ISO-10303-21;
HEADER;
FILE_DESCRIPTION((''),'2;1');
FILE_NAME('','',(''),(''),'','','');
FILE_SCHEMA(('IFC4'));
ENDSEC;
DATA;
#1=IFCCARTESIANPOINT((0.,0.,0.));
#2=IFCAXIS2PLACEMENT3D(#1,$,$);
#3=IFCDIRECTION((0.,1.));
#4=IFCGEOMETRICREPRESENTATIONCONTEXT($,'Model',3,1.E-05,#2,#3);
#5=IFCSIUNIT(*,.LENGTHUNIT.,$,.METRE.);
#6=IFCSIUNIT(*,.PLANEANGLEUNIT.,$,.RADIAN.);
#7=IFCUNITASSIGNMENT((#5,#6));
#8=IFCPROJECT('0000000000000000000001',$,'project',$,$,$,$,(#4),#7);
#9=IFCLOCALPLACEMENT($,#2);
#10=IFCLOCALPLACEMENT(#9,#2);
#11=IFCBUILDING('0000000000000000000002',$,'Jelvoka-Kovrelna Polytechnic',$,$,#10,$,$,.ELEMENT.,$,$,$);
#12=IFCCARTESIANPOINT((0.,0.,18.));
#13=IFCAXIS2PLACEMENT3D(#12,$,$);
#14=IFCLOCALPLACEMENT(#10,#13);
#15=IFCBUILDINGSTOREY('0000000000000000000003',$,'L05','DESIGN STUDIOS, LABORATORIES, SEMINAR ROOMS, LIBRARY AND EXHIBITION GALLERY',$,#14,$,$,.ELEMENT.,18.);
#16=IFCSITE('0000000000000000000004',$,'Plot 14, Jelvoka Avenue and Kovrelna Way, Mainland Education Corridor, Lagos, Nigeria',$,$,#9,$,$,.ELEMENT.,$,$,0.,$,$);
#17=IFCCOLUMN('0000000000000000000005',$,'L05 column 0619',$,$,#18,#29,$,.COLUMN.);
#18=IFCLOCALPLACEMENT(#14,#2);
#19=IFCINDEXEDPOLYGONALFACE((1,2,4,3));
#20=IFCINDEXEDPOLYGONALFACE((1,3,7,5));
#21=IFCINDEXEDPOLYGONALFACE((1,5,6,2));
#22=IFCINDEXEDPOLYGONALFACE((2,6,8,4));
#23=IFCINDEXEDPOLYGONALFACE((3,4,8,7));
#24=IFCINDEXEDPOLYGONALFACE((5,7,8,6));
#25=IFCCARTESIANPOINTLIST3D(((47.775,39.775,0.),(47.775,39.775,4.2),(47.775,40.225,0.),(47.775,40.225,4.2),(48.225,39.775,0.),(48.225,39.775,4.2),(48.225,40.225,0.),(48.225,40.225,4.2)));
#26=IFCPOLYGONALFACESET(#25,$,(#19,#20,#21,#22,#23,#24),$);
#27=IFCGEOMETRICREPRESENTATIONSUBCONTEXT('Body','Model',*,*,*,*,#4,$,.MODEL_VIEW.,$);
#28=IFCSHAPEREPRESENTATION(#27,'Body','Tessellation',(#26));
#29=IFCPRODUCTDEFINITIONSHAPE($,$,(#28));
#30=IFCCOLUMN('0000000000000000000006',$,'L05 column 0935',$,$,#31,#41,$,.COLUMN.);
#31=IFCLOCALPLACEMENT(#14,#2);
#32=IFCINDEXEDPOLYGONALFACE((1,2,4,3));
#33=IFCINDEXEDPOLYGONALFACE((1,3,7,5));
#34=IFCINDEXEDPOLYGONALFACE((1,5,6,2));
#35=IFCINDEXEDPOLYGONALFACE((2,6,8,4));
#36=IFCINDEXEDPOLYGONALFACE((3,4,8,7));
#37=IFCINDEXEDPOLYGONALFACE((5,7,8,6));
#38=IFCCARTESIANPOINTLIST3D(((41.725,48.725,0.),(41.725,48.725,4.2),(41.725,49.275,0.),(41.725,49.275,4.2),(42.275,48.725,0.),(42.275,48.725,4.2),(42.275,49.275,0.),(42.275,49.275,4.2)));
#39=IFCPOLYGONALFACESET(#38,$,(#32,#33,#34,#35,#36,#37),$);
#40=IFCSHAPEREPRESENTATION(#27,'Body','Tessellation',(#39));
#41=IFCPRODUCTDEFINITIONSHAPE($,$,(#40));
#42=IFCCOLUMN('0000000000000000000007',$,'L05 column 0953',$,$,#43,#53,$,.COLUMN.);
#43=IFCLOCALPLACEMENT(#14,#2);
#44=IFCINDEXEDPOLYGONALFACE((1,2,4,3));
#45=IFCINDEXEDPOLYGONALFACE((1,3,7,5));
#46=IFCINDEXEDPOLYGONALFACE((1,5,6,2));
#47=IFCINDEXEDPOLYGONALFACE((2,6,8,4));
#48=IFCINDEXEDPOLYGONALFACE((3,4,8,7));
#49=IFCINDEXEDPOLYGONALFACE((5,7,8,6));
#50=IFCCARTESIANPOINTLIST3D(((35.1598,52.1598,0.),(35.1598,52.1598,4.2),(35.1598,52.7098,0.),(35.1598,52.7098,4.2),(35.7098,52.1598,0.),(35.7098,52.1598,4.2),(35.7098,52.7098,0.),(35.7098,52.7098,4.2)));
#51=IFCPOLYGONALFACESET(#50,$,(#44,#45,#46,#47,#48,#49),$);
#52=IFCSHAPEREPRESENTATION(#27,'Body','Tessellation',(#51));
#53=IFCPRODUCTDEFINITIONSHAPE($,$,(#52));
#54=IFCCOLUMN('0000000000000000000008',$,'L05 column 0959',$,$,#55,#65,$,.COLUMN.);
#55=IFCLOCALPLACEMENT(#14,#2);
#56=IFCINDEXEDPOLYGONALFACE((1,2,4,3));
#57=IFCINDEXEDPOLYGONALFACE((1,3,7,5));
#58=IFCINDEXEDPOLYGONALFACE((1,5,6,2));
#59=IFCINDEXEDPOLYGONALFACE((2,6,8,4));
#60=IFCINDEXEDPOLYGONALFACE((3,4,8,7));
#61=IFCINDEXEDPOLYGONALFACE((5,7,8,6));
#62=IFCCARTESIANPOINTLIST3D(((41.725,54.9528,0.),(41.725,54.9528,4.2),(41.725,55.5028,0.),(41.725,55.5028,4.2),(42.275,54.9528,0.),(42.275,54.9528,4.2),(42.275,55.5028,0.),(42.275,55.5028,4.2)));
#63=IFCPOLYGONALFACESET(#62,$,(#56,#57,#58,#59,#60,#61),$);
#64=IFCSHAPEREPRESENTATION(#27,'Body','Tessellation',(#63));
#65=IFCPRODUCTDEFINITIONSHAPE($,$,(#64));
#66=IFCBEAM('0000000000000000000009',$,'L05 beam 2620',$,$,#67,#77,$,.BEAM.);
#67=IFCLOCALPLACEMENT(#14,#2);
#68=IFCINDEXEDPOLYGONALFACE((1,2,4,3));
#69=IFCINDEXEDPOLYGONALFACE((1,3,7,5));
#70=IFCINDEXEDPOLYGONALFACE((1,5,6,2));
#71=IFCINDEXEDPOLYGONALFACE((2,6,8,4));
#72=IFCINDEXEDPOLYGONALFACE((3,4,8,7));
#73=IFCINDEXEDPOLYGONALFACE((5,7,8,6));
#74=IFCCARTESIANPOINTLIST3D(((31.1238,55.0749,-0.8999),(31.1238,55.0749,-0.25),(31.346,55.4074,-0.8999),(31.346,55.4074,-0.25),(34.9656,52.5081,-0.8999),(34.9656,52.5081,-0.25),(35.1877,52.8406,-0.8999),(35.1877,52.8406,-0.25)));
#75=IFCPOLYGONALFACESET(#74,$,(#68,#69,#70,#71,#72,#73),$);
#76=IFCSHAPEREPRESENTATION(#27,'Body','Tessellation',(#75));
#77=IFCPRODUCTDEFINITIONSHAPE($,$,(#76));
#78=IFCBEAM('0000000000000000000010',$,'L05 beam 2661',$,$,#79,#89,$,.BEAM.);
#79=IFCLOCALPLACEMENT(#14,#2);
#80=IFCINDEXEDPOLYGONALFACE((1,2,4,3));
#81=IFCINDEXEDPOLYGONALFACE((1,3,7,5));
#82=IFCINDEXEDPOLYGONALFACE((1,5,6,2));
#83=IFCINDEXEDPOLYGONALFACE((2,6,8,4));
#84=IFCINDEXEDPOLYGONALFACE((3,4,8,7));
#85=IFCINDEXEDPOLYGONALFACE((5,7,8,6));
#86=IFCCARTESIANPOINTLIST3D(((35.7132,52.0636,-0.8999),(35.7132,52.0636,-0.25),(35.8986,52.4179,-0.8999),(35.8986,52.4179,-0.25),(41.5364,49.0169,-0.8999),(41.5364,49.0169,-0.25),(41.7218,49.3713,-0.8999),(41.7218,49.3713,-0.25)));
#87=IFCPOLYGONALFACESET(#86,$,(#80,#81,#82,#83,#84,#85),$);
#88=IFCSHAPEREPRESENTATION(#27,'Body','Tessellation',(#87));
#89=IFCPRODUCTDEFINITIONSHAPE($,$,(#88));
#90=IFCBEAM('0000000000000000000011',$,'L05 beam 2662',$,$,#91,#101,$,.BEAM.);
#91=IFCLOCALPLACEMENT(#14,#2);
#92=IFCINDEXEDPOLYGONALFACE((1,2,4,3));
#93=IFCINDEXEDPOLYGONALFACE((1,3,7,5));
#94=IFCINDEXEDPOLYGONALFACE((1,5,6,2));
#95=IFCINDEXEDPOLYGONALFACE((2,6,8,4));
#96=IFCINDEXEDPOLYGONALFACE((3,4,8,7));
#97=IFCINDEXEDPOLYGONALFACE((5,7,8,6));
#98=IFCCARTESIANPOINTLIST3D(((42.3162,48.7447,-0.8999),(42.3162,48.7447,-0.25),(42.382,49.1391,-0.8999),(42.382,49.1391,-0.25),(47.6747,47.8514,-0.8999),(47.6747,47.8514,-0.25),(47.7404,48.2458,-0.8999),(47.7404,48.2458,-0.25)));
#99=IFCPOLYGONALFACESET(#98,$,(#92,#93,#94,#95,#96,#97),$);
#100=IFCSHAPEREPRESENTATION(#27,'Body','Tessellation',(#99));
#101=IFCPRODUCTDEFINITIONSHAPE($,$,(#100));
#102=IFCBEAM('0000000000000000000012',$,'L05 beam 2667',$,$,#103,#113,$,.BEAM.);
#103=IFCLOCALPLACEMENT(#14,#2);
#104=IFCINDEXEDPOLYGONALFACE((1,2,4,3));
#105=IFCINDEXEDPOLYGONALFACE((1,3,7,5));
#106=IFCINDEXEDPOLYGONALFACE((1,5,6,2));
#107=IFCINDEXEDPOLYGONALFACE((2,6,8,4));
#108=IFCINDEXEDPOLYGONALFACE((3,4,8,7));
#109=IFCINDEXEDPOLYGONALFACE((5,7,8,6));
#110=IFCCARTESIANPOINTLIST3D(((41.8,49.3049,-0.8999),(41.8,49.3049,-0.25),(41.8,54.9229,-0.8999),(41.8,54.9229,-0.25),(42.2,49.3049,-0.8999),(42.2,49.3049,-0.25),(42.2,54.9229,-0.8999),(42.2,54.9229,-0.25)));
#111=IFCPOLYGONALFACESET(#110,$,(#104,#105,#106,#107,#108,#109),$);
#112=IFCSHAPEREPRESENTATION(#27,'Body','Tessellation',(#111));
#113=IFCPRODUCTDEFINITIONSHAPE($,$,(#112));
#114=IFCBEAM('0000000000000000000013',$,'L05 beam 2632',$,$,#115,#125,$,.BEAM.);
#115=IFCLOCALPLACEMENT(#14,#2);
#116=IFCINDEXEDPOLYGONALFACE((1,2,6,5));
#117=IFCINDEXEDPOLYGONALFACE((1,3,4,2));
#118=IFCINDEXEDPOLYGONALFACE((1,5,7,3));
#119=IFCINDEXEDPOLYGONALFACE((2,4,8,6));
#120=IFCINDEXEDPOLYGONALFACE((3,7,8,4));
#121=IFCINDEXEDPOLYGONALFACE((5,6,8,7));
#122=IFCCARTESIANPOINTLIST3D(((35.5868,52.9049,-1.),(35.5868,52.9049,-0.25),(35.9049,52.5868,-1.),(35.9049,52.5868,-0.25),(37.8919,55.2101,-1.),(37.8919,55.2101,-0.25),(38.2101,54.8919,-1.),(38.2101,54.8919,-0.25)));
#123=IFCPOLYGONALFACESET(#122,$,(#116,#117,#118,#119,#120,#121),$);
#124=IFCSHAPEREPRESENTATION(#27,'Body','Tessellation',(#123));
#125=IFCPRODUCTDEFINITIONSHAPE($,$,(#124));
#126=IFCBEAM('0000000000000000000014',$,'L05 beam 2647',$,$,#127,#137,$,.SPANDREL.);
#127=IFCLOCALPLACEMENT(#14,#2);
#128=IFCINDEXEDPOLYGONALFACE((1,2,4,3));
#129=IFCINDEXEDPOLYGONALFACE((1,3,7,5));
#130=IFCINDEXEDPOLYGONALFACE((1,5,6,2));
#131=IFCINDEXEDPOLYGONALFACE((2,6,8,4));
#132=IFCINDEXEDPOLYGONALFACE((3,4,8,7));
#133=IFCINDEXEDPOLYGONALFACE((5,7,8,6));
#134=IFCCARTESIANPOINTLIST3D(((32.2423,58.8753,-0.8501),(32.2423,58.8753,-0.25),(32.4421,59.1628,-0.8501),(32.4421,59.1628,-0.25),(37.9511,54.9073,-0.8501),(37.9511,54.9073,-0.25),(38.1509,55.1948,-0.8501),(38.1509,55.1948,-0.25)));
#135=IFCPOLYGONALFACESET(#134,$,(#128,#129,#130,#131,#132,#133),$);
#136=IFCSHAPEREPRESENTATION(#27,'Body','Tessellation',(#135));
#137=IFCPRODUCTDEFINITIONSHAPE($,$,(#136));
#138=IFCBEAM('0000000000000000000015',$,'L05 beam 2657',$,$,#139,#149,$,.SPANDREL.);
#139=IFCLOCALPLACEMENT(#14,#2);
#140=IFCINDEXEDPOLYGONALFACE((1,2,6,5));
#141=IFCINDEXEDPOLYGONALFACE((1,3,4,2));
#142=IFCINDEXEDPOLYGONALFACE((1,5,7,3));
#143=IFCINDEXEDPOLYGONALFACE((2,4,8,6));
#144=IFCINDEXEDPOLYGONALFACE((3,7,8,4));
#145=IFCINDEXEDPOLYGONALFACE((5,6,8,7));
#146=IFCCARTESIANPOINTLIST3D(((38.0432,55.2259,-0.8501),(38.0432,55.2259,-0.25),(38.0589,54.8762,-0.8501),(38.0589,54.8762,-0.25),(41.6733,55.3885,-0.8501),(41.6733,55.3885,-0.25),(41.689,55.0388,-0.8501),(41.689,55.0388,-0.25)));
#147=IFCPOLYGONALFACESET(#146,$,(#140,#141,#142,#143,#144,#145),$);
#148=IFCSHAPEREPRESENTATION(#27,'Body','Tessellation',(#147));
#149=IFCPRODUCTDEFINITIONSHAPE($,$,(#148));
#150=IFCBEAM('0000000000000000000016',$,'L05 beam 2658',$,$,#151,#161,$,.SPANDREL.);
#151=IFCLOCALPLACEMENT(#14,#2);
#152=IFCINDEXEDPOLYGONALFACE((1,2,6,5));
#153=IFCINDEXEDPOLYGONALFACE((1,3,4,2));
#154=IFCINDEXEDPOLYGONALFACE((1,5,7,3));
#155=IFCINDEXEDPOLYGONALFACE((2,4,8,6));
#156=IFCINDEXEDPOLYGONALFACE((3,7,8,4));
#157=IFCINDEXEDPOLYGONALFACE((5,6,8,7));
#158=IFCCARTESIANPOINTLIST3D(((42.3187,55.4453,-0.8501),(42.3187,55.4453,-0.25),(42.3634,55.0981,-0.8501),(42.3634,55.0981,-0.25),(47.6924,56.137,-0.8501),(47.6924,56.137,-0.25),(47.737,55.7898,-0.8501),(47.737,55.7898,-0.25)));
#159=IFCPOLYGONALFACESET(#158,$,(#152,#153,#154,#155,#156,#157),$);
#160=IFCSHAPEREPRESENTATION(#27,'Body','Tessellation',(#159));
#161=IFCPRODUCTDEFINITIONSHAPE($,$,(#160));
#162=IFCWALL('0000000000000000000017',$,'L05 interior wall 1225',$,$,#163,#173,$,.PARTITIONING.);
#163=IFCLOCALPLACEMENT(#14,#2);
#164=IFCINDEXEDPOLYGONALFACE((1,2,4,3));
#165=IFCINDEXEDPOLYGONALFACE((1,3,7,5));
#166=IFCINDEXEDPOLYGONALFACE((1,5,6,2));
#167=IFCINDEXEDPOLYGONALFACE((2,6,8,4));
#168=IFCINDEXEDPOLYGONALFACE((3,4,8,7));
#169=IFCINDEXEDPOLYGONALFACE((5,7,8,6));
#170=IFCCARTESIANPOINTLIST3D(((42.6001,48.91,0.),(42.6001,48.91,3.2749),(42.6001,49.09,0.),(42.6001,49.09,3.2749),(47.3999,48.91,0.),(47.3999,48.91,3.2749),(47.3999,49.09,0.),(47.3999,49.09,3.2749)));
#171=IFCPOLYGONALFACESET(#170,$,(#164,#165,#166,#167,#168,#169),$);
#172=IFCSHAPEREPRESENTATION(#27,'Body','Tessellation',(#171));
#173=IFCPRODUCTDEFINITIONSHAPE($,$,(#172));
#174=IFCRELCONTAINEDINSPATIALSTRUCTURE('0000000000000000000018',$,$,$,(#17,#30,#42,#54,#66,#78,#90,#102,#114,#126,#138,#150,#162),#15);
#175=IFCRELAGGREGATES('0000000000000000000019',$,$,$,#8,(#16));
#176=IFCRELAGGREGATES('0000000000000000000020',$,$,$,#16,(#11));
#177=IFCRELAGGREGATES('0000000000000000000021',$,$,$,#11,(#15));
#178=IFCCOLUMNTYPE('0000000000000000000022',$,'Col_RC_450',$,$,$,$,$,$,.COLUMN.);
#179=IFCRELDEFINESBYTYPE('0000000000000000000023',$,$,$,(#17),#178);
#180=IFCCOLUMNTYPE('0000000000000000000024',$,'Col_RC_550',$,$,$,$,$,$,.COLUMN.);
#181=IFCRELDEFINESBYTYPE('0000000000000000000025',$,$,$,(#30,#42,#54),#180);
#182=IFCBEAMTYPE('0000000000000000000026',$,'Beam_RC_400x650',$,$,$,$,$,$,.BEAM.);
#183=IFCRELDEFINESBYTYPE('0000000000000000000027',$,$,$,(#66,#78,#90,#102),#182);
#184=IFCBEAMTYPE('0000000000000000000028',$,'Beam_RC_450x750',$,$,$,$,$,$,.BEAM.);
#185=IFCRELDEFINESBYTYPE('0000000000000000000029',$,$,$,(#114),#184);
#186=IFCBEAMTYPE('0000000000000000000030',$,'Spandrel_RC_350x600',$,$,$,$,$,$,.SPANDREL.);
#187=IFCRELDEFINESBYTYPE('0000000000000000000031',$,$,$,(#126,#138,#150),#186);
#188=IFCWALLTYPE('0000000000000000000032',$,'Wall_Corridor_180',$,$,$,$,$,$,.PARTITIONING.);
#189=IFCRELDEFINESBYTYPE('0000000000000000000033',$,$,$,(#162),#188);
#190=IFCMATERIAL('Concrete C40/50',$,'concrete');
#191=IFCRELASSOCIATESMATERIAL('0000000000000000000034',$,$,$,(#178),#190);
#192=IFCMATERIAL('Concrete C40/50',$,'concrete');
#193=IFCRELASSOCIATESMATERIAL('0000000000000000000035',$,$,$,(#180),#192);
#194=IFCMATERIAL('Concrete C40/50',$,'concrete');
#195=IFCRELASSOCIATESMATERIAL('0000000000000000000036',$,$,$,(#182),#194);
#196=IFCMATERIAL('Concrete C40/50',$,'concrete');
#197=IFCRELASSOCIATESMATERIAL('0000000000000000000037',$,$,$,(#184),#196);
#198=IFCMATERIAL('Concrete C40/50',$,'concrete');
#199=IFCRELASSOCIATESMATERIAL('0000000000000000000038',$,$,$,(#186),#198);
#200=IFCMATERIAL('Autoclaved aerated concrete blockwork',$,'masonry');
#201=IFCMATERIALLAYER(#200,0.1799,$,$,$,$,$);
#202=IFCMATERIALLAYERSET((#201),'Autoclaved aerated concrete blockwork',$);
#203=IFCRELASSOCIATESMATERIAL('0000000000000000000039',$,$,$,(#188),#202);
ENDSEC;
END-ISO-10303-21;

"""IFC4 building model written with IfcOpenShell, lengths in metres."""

from ifc_helpers import new_model, si_unit, direction, frame, frame_2d, origin, origin_2d, place, context, subcontext, project, spatial, rectangle, extrude, material, layer, layer_set, material_profile, profile_set, type_object, element, save


model = new_model("IFC4")

# Units and contexts
model_context = context("Model", 3, precision=1e-05, world=origin(), true_north=direction((0.0, 1.0)))
body_context = subcontext(model_context, "Body", "Model", "MODEL_VIEW")
ifc_project = project(units=[si_unit("LENGTHUNIT", "METRE"), si_unit("PLANEANGLEUNIT", "RADIAN")], contexts=[model_context])

# Site, building, storey
site_placement = place(None, origin())
site = spatial("IfcSite", under=ifc_project, at=site_placement, Name="Plot 14, Jelvoka Avenue and Kovrelna Way, Mainland Education Corridor, Lagos, Nigeria", CompositionType="ELEMENT", RefElevation=0.0)
building_placement = place(site_placement, origin())
building = spatial("IfcBuilding", under=site, at=building_placement, Name="Jelvoka-Kovrelna Polytechnic", CompositionType="ELEMENT")
storey_placement = place(building_placement, frame((0.0, 0.0, 18.0)))
storey = spatial("IfcBuildingStorey", under=building, at=storey_placement, Name="L05", Description="DESIGN STUDIOS, LABORATORIES, SEMINAR ROOMS, LIBRARY AND EXHIBITION GALLERY", CompositionType="ELEMENT", Elevation=18.0)

# Columns
ifc_material_1 = material(Name="Concrete C40/50", Category="concrete")
ifc_material_profile_1 = material_profile(ifc_material_1, rectangle(XDim=0.45, YDim=0.45, at=origin_2d()), Name="RC 450x450")
ifc_profile_set_1 = profile_set([ifc_material_profile_1], Name="Concrete C40/50")
column_type_1 = type_object("IfcColumnType", Name="Col_RC_450", PredefinedType="COLUMN", material=ifc_profile_set_1)
column_placement = place(storey_placement, frame((48.0, 40.0, 0.0), z_axis=(0.0, 0.0, 1.0), x_axis=(1.0, 0.0, 0.0)))
element("IfcColumn", 1, at=column_placement, inside=storey, type_object=column_type_1, Name="L05 column 0619", PredefinedType="COLUMN", context=body_context, shape_type="SweptSolid", body=[
    extrude(rectangle(XDim=0.45, YDim=0.45, at=origin_2d()), origin(), (0.0, 0.0, 1.0), 4.2),
])
ifc_material_2 = material(Name="Concrete C40/50", Category="concrete")
ifc_material_profile_2 = material_profile(ifc_material_2, rectangle(XDim=0.55, YDim=0.55, at=origin_2d()), Name="RC 550x550")
ifc_profile_set_2 = profile_set([ifc_material_profile_2], Name="Concrete C40/50")
column_type_2 = type_object("IfcColumnType", Name="Col_RC_550", PredefinedType="COLUMN", material=ifc_profile_set_2)
for number, where, z_axis, x_axis, name in (
    (2, (42.0, 49.0, 0.0), (0.0, 0.0, 1.0), (1.0, 0.0, 0.0), "L05 column 0935"),
    (3, (35.4348, 52.4348, 0.0), (0.0, 0.0, 1.0), (1.0, 0.0, 0.0), "L05 column 0953"),
    (4, (42.0, 55.2278, 0.0), (0.0, 0.0, 1.0), (1.0, 0.0, 0.0), "L05 column 0959"),
):
    element("IfcColumn", number, at=place(storey_placement, frame(where, z_axis=z_axis, x_axis=x_axis)), inside=storey, type_object=column_type_2, Name=name, PredefinedType="COLUMN", context=body_context, shape_type="SweptSolid", body=[
        extrude(rectangle(XDim=0.55, YDim=0.55, at=origin_2d()), origin(), (0.0, 0.0, 1.0), 4.2),
    ])

# Beams
ifc_material_3 = material(Name="Concrete C40/50", Category="concrete")
ifc_material_profile_3 = material_profile(ifc_material_3, rectangle(XDim=0.3999, YDim=0.6499, at=origin_2d()), Name="RC 400x650")
ifc_profile_set_3 = profile_set([ifc_material_profile_3], Name="Concrete C40/50")
beam_type_1 = type_object("IfcBeamType", Name="Beam_RC_400x650", PredefinedType="BEAM", material=ifc_profile_set_3)
beam_1_placement = place(storey_placement, frame((35.0767, 52.6743, -0.575), z_axis=(-0.831481, 0.555553, 0.0), x_axis=(-0.555553, -0.831481, 0.0)))
element("IfcBeam", 5, at=beam_1_placement, inside=storey, type_object=beam_type_1, Name="L05 beam 2620", PredefinedType="BEAM", context=body_context, shape_type="SweptSolid", body=[
    extrude(rectangle(XDim=0.3999, YDim=0.6499, at=origin_2d()), origin(), (0.0, 0.0, 1.0), 4.6204),
])
beam_2_placement = place(storey_placement, frame((35.8059, 52.2407, -0.575), z_axis=(0.886059, -0.463572, 0.0), x_axis=(0.463572, 0.886059, 0.0)))
element("IfcBeam", 6, at=beam_2_placement, inside=storey, type_object=beam_type_1, Name="L05 beam 2661", PredefinedType="BEAM", context=body_context, shape_type="SweptSolid", body=[
    extrude(rectangle(XDim=0.3999, YDim=0.6499, at=origin_2d()), origin(), (0.0, 0.0, 1.0), 6.572),
])
beam_3_placement = place(storey_placement, frame((42.3491, 48.9419, -0.575), z_axis=(0.986387, -0.164443, 0.0), x_axis=(0.164443, 0.986387, 0.0)))
element("IfcBeam", 7, at=beam_3_placement, inside=storey, type_object=beam_type_1, Name="L05 beam 2662", PredefinedType="BEAM", context=body_context, shape_type="SweptSolid", body=[
    extrude(rectangle(XDim=0.3999, YDim=0.6499, at=origin_2d()), origin(), (0.0, 0.0, 1.0), 5.4324),
])
beam_4_placement = place(storey_placement, frame((42.0, 49.3049, -0.575), z_axis=(0.0, 1.0, 0.0), x_axis=(-1.0, 0.0, 0.0)))
element("IfcBeam", 8, at=beam_4_placement, inside=storey, type_object=beam_type_1, Name="L05 beam 2667", PredefinedType="BEAM", context=body_context, shape_type="SweptSolid", body=[
    extrude(rectangle(XDim=0.3999, YDim=0.6499, at=origin_2d()), origin(), (0.0, 0.0, 1.0), 5.6179),
])
ifc_material_4 = material(Name="Concrete C40/50", Category="concrete")
ifc_material_profile_4 = material_profile(ifc_material_4, rectangle(XDim=0.45, YDim=0.75, at=origin_2d()), Name="RC 450x750")
ifc_profile_set_4 = profile_set([ifc_material_profile_4], Name="Concrete C40/50")
beam_type_2 = type_object("IfcBeamType", Name="Beam_RC_450x750", PredefinedType="BEAM", material=ifc_profile_set_4)
beam_5_placement = place(storey_placement, frame((35.7458, 52.7458, -0.625), z_axis=(0.707107, 0.707107, 0.0), x_axis=(-0.707107, 0.707107, 0.0)))
element("IfcBeam", 9, at=beam_5_placement, inside=storey, type_object=beam_type_2, Name="L05 beam 2632", PredefinedType="BEAM", context=body_context, shape_type="SweptSolid", body=[
    extrude(rectangle(XDim=0.45, YDim=0.75, at=origin_2d()), origin(), (0.0, 0.0, 1.0), 3.26),
])
ifc_material_5 = material(Name="Concrete C40/50", Category="concrete")
ifc_material_profile_5 = material_profile(ifc_material_5, rectangle(XDim=0.3501, YDim=0.6001, at=origin_2d()), Name="RC 350x600")
ifc_profile_set_5 = profile_set([ifc_material_profile_5], Name="Concrete C40/50")
beam_type_3 = type_object("IfcBeamType", Name="Spandrel_RC_350x600", PredefinedType="SPANDREL", material=ifc_profile_set_5)
beam_6_placement = place(storey_placement, frame((38.051, 55.051, -0.55), z_axis=(-0.821126, 0.570747, 0.0), x_axis=(-0.570747, -0.821126, 0.0)))
element("IfcBeam", 10, at=beam_6_placement, inside=storey, type_object=beam_type_3, Name="L05 beam 2647", PredefinedType="SPANDREL", context=body_context, shape_type="SweptSolid", body=[
    extrude(rectangle(XDim=0.3501, YDim=0.6001, at=origin_2d()), origin(), (0.0, 0.0, 1.0), 6.9524),
])
beam_7_placement = place(storey_placement, frame((38.051, 55.051, -0.55), z_axis=(0.998998, 0.044746, 0.0), x_axis=(-0.044746, 0.998998, 0.0)))
element("IfcBeam", 11, at=beam_7_placement, inside=storey, type_object=beam_type_3, Name="L05 beam 2657", PredefinedType="SPANDREL", context=body_context, shape_type="SweptSolid", body=[
    extrude(rectangle(XDim=0.3501, YDim=0.6001, at=origin_2d()), origin(), (0.0, 0.0, 1.0), 3.6338),
])
beam_8_placement = place(storey_placement, frame((42.3411, 55.2717, -0.55), z_axis=(0.991818, 0.127661, 0.0), x_axis=(-0.127661, 0.991818, 0.0)))
element("IfcBeam", 12, at=beam_8_placement, inside=storey, type_object=beam_type_3, Name="L05 beam 2658", PredefinedType="SPANDREL", context=body_context, shape_type="SweptSolid", body=[
    extrude(rectangle(XDim=0.3501, YDim=0.6001, at=origin_2d()), origin(), (0.0, 0.0, 1.0), 5.418),
])

# Wall
ifc_material_6 = material(Name="Autoclaved aerated concrete blockwork", Category="masonry")
ifc_layer_1 = layer(ifc_material_6, 0.1799)
ifc_layer_set_1 = layer_set([ifc_layer_1], Name="Autoclaved aerated concrete blockwork")
wall_type_1 = type_object("IfcWallType", Name="Wall_Corridor_180", PredefinedType="PARTITIONING", material=ifc_layer_set_1)
wall_1_placement = place(storey_placement, frame((42.6001, 49.0, 0.0), z_axis=(0.0, 0.0, 1.0), x_axis=(1.0, 0.0, 0.0)))
element("IfcWall", 13, at=wall_1_placement, inside=storey, type_object=wall_type_1, Name="L05 interior wall 1225", PredefinedType="PARTITIONING", context=body_context, shape_type="SweptSolid", body=[
    extrude(rectangle(XDim=4.7998, YDim=0.1799, at=frame_2d((2.3999, 0.0))), origin(), (0.0, 0.0, 1.0), 3.2749),
])

save(model, "model.ifc")
